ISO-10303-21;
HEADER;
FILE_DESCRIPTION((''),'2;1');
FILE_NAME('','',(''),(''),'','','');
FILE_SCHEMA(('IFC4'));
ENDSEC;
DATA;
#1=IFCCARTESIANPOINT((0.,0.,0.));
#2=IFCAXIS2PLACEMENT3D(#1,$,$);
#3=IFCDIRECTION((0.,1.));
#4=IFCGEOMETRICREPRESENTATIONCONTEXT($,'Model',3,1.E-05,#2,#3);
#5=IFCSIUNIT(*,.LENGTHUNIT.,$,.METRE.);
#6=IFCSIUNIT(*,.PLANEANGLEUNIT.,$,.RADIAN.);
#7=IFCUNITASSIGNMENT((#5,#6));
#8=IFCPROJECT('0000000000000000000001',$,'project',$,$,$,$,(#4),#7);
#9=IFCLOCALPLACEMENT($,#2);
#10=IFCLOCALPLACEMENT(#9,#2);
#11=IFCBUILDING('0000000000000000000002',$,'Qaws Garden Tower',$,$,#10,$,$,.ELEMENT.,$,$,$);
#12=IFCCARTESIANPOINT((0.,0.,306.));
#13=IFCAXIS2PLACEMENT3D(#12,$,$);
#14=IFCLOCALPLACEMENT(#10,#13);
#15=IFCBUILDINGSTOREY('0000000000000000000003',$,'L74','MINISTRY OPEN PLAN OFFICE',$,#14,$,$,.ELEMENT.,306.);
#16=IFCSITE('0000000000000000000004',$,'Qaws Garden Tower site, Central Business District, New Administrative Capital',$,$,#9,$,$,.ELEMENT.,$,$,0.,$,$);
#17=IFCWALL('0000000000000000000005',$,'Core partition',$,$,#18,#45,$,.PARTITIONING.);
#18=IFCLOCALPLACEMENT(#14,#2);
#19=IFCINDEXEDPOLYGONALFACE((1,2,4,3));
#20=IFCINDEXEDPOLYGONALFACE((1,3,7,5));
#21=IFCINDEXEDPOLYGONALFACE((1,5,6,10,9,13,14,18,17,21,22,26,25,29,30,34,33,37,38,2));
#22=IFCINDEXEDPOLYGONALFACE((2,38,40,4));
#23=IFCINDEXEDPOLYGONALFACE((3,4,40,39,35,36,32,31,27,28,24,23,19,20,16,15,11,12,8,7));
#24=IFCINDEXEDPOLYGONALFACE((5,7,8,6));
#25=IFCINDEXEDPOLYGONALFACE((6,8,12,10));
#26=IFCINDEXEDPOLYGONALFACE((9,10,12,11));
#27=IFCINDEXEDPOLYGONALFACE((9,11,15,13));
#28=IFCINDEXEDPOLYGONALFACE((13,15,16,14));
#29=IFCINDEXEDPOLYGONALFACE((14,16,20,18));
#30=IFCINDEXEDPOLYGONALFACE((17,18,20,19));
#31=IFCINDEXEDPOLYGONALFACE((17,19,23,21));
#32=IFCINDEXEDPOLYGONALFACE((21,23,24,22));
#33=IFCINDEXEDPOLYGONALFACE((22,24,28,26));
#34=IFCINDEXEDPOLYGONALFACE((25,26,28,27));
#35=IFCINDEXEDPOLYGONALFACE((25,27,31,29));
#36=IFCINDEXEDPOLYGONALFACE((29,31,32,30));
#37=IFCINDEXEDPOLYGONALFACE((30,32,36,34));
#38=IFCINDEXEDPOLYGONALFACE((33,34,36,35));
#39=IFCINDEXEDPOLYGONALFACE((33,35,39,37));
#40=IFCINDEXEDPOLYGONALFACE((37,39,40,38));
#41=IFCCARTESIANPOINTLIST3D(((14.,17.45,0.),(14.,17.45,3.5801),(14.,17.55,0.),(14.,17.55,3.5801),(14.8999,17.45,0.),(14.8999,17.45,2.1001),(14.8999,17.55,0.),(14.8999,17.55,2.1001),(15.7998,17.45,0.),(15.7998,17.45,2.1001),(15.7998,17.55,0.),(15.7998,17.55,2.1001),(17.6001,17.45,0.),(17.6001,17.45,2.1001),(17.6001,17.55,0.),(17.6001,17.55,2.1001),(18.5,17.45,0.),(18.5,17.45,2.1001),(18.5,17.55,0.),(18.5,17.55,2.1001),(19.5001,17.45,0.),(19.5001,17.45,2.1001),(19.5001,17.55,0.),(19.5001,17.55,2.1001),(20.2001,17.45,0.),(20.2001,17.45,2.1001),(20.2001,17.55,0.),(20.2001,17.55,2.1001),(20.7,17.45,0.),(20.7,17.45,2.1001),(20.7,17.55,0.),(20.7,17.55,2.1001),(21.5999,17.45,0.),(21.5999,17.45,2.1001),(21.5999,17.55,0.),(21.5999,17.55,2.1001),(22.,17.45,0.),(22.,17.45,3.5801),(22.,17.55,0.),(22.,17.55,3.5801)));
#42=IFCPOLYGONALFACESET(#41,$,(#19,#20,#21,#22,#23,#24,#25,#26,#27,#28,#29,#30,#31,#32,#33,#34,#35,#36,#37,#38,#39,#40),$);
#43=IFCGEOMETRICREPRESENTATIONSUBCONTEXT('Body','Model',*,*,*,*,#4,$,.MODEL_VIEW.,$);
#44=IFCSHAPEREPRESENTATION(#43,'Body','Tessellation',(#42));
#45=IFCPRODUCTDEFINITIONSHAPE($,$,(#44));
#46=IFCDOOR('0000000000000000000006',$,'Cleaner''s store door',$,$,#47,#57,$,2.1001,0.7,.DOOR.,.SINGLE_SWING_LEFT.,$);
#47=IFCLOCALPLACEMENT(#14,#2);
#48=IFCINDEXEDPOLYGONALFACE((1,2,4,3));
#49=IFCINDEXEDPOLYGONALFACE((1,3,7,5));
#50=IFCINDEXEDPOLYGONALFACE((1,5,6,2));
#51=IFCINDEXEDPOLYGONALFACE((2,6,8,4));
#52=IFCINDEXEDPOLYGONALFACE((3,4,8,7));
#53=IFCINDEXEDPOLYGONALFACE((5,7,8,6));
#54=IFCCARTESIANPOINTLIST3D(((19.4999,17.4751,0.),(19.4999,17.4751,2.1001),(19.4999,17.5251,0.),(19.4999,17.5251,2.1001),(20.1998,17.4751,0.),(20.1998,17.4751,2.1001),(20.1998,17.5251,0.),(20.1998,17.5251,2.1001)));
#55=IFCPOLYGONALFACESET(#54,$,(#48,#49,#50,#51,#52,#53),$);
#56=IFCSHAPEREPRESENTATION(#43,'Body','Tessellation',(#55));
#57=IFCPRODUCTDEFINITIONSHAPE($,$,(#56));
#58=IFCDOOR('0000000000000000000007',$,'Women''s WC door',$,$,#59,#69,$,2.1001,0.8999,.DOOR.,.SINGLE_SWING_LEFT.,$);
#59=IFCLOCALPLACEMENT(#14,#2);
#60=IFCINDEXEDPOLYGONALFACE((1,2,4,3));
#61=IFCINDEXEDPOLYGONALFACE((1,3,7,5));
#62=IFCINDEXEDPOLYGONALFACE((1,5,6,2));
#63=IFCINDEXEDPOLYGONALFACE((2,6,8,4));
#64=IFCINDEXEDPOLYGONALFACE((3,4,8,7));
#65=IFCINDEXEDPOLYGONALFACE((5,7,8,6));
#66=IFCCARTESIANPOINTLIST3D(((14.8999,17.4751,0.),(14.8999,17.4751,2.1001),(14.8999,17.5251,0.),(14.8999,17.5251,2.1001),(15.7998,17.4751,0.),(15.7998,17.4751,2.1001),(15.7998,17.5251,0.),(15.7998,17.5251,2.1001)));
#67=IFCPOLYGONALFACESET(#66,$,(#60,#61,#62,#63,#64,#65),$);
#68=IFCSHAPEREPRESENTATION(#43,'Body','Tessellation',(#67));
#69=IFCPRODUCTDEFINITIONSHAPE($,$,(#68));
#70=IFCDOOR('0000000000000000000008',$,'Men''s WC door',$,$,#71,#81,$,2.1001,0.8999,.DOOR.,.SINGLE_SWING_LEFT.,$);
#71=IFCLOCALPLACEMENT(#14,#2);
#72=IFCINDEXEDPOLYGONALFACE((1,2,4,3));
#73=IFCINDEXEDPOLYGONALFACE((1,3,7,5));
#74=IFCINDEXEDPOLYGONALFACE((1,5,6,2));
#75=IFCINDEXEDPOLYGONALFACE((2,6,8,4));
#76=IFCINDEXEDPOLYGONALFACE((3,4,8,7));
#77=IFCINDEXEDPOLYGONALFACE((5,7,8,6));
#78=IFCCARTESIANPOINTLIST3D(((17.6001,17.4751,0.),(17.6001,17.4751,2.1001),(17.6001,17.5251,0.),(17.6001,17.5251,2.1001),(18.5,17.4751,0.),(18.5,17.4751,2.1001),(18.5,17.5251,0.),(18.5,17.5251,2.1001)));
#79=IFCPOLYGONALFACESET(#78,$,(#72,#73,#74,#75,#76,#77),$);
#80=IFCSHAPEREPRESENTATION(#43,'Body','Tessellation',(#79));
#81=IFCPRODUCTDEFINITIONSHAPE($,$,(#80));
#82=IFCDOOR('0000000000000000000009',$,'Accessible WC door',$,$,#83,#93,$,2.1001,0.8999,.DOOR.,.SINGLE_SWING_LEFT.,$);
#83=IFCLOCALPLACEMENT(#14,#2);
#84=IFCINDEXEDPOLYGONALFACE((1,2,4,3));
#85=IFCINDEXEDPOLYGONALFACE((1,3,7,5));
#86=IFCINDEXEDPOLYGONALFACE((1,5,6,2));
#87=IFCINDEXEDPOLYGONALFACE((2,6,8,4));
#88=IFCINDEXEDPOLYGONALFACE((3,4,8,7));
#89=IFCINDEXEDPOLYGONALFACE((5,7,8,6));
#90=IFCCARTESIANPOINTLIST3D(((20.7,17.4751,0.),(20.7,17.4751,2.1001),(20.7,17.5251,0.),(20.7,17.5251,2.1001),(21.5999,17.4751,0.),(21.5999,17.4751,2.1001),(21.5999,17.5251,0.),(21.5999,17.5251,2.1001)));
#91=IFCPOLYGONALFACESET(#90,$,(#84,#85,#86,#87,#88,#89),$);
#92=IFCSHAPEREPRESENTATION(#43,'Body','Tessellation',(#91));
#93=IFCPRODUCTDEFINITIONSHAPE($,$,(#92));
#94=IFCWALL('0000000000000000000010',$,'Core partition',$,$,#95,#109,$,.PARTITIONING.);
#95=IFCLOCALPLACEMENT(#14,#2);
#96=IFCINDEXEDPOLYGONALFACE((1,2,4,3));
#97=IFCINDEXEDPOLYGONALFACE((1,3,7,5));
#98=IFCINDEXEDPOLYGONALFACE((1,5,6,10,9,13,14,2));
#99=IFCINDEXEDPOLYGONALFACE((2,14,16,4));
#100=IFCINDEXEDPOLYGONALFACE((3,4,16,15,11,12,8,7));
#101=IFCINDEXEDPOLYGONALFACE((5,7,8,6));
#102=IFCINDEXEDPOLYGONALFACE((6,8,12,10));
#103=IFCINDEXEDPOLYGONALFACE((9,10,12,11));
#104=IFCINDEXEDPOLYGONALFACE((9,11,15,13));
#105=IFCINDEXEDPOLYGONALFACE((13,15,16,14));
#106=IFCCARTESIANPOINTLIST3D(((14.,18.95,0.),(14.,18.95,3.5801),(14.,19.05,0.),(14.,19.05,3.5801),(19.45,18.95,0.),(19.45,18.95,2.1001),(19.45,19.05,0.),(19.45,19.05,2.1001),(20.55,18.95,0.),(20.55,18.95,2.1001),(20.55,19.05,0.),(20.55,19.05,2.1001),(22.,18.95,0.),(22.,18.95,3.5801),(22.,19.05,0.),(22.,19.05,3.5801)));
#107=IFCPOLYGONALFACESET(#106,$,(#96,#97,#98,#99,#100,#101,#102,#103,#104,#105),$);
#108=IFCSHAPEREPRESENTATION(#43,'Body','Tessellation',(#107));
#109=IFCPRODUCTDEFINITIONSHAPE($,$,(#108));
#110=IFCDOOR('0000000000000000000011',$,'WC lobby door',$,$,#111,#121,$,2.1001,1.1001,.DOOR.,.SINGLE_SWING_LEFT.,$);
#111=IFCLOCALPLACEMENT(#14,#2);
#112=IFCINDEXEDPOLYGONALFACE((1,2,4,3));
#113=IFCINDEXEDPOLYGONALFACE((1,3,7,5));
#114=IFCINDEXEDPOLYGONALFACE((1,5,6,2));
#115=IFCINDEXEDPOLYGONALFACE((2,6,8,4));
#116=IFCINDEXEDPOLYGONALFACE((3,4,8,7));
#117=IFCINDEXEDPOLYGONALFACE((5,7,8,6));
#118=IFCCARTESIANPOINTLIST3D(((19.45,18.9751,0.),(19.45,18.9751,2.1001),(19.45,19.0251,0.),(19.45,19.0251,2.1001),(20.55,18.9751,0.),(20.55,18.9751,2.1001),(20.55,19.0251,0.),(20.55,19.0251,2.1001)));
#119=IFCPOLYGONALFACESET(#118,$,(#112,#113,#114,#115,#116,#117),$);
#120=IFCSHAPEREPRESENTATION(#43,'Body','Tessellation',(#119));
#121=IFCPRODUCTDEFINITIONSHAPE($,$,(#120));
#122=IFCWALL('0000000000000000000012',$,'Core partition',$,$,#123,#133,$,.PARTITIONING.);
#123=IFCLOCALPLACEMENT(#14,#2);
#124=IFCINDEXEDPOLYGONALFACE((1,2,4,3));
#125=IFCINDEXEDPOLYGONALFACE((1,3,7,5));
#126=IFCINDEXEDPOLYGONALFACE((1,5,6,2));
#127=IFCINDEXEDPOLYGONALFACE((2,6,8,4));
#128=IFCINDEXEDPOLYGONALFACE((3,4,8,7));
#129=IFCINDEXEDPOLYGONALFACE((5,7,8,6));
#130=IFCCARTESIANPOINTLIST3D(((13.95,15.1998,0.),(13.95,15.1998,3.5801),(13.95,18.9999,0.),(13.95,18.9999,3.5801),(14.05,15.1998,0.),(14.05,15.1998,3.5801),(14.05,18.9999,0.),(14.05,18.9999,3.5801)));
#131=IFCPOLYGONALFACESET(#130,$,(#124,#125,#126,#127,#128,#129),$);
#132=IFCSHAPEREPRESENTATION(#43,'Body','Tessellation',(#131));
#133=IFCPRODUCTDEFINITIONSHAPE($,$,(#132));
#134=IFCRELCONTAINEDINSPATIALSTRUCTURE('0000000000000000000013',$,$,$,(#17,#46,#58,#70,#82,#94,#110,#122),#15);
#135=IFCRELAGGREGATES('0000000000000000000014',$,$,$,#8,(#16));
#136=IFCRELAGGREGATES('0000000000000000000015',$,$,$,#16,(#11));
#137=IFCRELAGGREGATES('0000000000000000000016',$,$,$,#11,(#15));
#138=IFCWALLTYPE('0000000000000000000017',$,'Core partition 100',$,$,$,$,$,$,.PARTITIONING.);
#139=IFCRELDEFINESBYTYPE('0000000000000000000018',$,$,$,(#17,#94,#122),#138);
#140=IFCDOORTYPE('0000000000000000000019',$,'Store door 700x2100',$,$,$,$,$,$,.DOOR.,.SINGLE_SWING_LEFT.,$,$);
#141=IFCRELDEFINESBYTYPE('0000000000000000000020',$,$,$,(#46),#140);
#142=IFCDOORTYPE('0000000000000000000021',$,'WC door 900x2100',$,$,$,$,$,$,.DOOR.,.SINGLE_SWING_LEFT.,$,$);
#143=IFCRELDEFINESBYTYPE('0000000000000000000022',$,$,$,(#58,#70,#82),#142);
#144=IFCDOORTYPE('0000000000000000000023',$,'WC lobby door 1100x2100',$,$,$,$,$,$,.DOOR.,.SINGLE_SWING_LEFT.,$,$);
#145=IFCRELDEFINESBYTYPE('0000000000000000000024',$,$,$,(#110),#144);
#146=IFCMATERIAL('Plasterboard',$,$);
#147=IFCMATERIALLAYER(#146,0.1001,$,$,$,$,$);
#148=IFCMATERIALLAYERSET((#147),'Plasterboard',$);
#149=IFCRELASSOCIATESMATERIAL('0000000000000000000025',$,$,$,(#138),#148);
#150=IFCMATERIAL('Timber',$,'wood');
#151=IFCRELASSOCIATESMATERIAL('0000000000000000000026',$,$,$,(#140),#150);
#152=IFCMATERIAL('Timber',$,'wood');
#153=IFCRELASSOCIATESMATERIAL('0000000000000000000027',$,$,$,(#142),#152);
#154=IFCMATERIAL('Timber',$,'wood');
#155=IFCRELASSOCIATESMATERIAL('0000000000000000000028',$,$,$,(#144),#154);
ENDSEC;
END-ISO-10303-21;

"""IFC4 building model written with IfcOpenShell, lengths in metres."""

from ifc_helpers import new_model, si_unit, direction, frame, frame_2d, origin, place, context, subcontext, project, spatial, rectangle, extrude, material, layer, layer_set, type_object, element, fill, save


model = new_model("IFC4")

# Units and contexts
model_context = context("Model", 3, precision=1e-05, world=origin(), true_north=direction((0.0, 1.0)))
body_context = subcontext(model_context, "Body", "Model", "MODEL_VIEW")
ifc_project = project(units=[si_unit("LENGTHUNIT", "METRE"), si_unit("PLANEANGLEUNIT", "RADIAN")], contexts=[model_context])

# Site, building, storey
site_placement = place(None, origin())
site = spatial("IfcSite", under=ifc_project, at=site_placement, Name="Qaws Garden Tower site, Central Business District, New Administrative Capital", CompositionType="ELEMENT", RefElevation=0.0)
building_placement = place(site_placement, origin())
building = spatial("IfcBuilding", under=site, at=building_placement, Name="Qaws Garden Tower", CompositionType="ELEMENT")
storey_placement = place(building_placement, frame((0.0, 0.0, 306.0)))
storey = spatial("IfcBuildingStorey", under=building, at=storey_placement, Name="L74", Description="MINISTRY OPEN PLAN OFFICE", CompositionType="ELEMENT", Elevation=306.0)

# Wall, openings, doors
ifc_material_1 = material(Name="Plasterboard")
ifc_layer_1 = layer(ifc_material_1, 0.1001)
ifc_layer_set_1 = layer_set([ifc_layer_1], Name="Plasterboard")
wall_type_1 = type_object("IfcWallType", Name="Core partition 100", PredefinedType="PARTITIONING", material=ifc_layer_set_1)
wall_1_placement = place(storey_placement, frame((14.0, 17.5, 0.0), z_axis=(0.0, 0.0, 1.0), x_axis=(1.0, 0.0, 0.0)))
wall_1 = element("IfcWall", 1, at=wall_1_placement, inside=storey, type_object=wall_type_1, Name="Core partition", PredefinedType="PARTITIONING", context=body_context, shape_type="SweptSolid", body=[
    extrude(rectangle(XDim=8.0, YDim=0.1001, at=frame_2d((4.0, 0.0))), origin(), (0.0, 0.0, 1.0), 3.5801),
])
opening_1_placement = place(wall_1_placement, frame((0.8999, 0.0, 0.0)))
opening_1 = element("IfcOpeningElement", 2, at=opening_1_placement, cuts=wall_1, PredefinedType="OPENING", context=body_context, shape_type="SweptSolid", body=[
    extrude(rectangle(XDim=0.8999, YDim=2.1001, at=frame_2d((0.45, 1.05))), frame((0.0, 0.0601, 0.0), z_axis=(0.0, -1.0, 0.0), x_axis=(1.0, 0.0, 0.0)), (0.0, 0.0, 1.0), 0.1201),
])
opening_2_placement = place(wall_1_placement, frame((3.6001, 0.0, 0.0)))
opening_2 = element("IfcOpeningElement", 3, at=opening_2_placement, cuts=wall_1, PredefinedType="OPENING", context=body_context, shape_type="SweptSolid", body=[
    extrude(rectangle(XDim=0.8999, YDim=2.1001, at=frame_2d((0.45, 1.05))), frame((0.0, 0.0601, 0.0), z_axis=(0.0, -1.0, 0.0), x_axis=(1.0, 0.0, 0.0)), (0.0, 0.0, 1.0), 0.1201),
])
opening_3_placement = place(wall_1_placement, frame((5.5, 0.0, 0.0)))
opening_3 = element("IfcOpeningElement", 4, at=opening_3_placement, cuts=wall_1, PredefinedType="OPENING", context=body_context, shape_type="SweptSolid", body=[
    extrude(rectangle(XDim=0.7, YDim=2.1001, at=frame_2d((0.3501, 1.05))), frame((0.0, 0.0601, 0.0), z_axis=(0.0, -1.0, 0.0), x_axis=(1.0, 0.0, 0.0)), (0.0, 0.0, 1.0), 0.1201),
])
opening_4_placement = place(wall_1_placement, frame((6.7, 0.0, 0.0)))
opening_4 = element("IfcOpeningElement", 5, at=opening_4_placement, cuts=wall_1, PredefinedType="OPENING", context=body_context, shape_type="SweptSolid", body=[
    extrude(rectangle(XDim=0.8999, YDim=2.1001, at=frame_2d((0.45, 1.05))), frame((0.0, 0.0601, 0.0), z_axis=(0.0, -1.0, 0.0), x_axis=(1.0, 0.0, 0.0)), (0.0, 0.0, 1.0), 0.1201),
])
ifc_material_2 = material(Name="Timber", Category="wood")
door_type_1 = type_object("IfcDoorType", Name="Store door 700x2100", OperationType="SINGLE_SWING_LEFT", PredefinedType="DOOR", material=ifc_material_2)
door_1_placement = place(opening_3_placement, frame((0.7, 0.0, 0.0), z_axis=(0.0, 0.0, 1.0), x_axis=(-1.0, 0.0, 0.0)))
door_1 = element("IfcDoor", 6, at=door_1_placement, inside=storey, type_object=door_type_1, Name="Cleaner's store door", OperationType="SINGLE_SWING_LEFT", OverallHeight=2.1001, OverallWidth=0.7, PredefinedType="DOOR", context=body_context, shape_type="SweptSolid", body=[
    extrude(rectangle(XDim=0.7, YDim=2.1001, at=frame_2d((0.3501, 1.05))), frame((0.0, 0.0249, 0.0), z_axis=(0.0, -1.0, 0.0), x_axis=(1.0, 0.0, 0.0)), (0.0, 0.0, 1.0), 0.05),
])
fill(opening_3, door_1)
ifc_material_3 = material(Name="Timber", Category="wood")
door_type_2 = type_object("IfcDoorType", Name="WC door 900x2100", OperationType="SINGLE_SWING_LEFT", PredefinedType="DOOR", material=ifc_material_3)
door_2_placement = place(opening_1_placement, frame((0.8999, 0.0, 0.0), z_axis=(0.0, 0.0, 1.0), x_axis=(-1.0, 0.0, 0.0)))
door_2 = element("IfcDoor", 7, at=door_2_placement, inside=storey, type_object=door_type_2, Name="Women's WC door", OperationType="SINGLE_SWING_LEFT", OverallHeight=2.1001, OverallWidth=0.8999, PredefinedType="DOOR", context=body_context, shape_type="SweptSolid", body=[
    extrude(rectangle(XDim=0.8999, YDim=2.1001, at=frame_2d((0.45, 1.05))), frame((0.0, 0.0249, 0.0), z_axis=(0.0, -1.0, 0.0), x_axis=(1.0, 0.0, 0.0)), (0.0, 0.0, 1.0), 0.05),
])
fill(opening_1, door_2)
door_3_placement = place(opening_2_placement, frame((0.8999, 0.0, 0.0), z_axis=(0.0, 0.0, 1.0), x_axis=(-1.0, 0.0, 0.0)))
door_3 = element("IfcDoor", 8, at=door_3_placement, inside=storey, type_object=door_type_2, Name="Men's WC door", OperationType="SINGLE_SWING_LEFT", OverallHeight=2.1001, OverallWidth=0.8999, PredefinedType="DOOR", context=body_context, shape_type="SweptSolid", body=[
    extrude(rectangle(XDim=0.8999, YDim=2.1001, at=frame_2d((0.45, 1.05))), frame((0.0, 0.0249, 0.0), z_axis=(0.0, -1.0, 0.0), x_axis=(1.0, 0.0, 0.0)), (0.0, 0.0, 1.0), 0.05),
])
fill(opening_2, door_3)
door_4_placement = place(opening_4_placement, frame((0.8999, 0.0, 0.0), z_axis=(0.0, 0.0, 1.0), x_axis=(-1.0, 0.0, 0.0)))
door_4 = element("IfcDoor", 9, at=door_4_placement, inside=storey, type_object=door_type_2, Name="Accessible WC door", OperationType="SINGLE_SWING_LEFT", OverallHeight=2.1001, OverallWidth=0.8999, PredefinedType="DOOR", context=body_context, shape_type="SweptSolid", body=[
    extrude(rectangle(XDim=0.8999, YDim=2.1001, at=frame_2d((0.45, 1.05))), frame((0.0, 0.0249, 0.0), z_axis=(0.0, -1.0, 0.0), x_axis=(1.0, 0.0, 0.0)), (0.0, 0.0, 1.0), 0.05),
])
fill(opening_4, door_4)

# Wall, opening, door
wall_2_placement = place(storey_placement, frame((14.0, 19.0, 0.0), z_axis=(0.0, 0.0, 1.0), x_axis=(1.0, 0.0, 0.0)))
wall_2 = element("IfcWall", 10, at=wall_2_placement, inside=storey, type_object=wall_type_1, Name="Core partition", PredefinedType="PARTITIONING", context=body_context, shape_type="SweptSolid", body=[
    extrude(rectangle(XDim=8.0, YDim=0.1001, at=frame_2d((4.0, 0.0))), origin(), (0.0, 0.0, 1.0), 3.5801),
])
opening_5_placement = place(wall_2_placement, frame((5.45, 0.0, 0.0)))
opening_5 = element("IfcOpeningElement", 11, at=opening_5_placement, cuts=wall_2, PredefinedType="OPENING", context=body_context, shape_type="SweptSolid", body=[
    extrude(rectangle(XDim=1.1001, YDim=2.1001, at=frame_2d((0.55, 1.05))), frame((0.0, 0.0601, 0.0), z_axis=(0.0, -1.0, 0.0), x_axis=(1.0, 0.0, 0.0)), (0.0, 0.0, 1.0), 0.1201),
])
ifc_material_4 = material(Name="Timber", Category="wood")
door_type_3 = type_object("IfcDoorType", Name="WC lobby door 1100x2100", OperationType="SINGLE_SWING_LEFT", PredefinedType="DOOR", material=ifc_material_4)
door_5_placement = place(opening_5_placement, frame((1.1001, 0.0, 0.0), z_axis=(0.0, 0.0, 1.0), x_axis=(-1.0, 0.0, 0.0)))
door_5 = element("IfcDoor", 12, at=door_5_placement, inside=storey, type_object=door_type_3, Name="WC lobby door", OperationType="SINGLE_SWING_LEFT", OverallHeight=2.1001, OverallWidth=1.1001, PredefinedType="DOOR", context=body_context, shape_type="SweptSolid", body=[
    extrude(rectangle(XDim=1.1001, YDim=2.1001, at=frame_2d((0.55, 1.05))), frame((0.0, 0.0249, 0.0), z_axis=(0.0, -1.0, 0.0), x_axis=(1.0, 0.0, 0.0)), (0.0, 0.0, 1.0), 0.05),
])
fill(opening_5, door_5)

# Wall
wall_3_placement = place(storey_placement, frame((14.0, 15.2, 0.0), z_axis=(0.0, 0.0, 1.0), x_axis=(0.0, 1.0, 0.0)))
element("IfcWall", 13, at=wall_3_placement, inside=storey, type_object=wall_type_1, Name="Core partition", PredefinedType="PARTITIONING", context=body_context, shape_type="SweptSolid", body=[
    extrude(rectangle(XDim=3.8, YDim=0.1001, at=frame_2d((1.8999, 0.0))), origin(), (0.0, 0.0, 1.0), 3.5801),
])

save(model, "model.ifc")
